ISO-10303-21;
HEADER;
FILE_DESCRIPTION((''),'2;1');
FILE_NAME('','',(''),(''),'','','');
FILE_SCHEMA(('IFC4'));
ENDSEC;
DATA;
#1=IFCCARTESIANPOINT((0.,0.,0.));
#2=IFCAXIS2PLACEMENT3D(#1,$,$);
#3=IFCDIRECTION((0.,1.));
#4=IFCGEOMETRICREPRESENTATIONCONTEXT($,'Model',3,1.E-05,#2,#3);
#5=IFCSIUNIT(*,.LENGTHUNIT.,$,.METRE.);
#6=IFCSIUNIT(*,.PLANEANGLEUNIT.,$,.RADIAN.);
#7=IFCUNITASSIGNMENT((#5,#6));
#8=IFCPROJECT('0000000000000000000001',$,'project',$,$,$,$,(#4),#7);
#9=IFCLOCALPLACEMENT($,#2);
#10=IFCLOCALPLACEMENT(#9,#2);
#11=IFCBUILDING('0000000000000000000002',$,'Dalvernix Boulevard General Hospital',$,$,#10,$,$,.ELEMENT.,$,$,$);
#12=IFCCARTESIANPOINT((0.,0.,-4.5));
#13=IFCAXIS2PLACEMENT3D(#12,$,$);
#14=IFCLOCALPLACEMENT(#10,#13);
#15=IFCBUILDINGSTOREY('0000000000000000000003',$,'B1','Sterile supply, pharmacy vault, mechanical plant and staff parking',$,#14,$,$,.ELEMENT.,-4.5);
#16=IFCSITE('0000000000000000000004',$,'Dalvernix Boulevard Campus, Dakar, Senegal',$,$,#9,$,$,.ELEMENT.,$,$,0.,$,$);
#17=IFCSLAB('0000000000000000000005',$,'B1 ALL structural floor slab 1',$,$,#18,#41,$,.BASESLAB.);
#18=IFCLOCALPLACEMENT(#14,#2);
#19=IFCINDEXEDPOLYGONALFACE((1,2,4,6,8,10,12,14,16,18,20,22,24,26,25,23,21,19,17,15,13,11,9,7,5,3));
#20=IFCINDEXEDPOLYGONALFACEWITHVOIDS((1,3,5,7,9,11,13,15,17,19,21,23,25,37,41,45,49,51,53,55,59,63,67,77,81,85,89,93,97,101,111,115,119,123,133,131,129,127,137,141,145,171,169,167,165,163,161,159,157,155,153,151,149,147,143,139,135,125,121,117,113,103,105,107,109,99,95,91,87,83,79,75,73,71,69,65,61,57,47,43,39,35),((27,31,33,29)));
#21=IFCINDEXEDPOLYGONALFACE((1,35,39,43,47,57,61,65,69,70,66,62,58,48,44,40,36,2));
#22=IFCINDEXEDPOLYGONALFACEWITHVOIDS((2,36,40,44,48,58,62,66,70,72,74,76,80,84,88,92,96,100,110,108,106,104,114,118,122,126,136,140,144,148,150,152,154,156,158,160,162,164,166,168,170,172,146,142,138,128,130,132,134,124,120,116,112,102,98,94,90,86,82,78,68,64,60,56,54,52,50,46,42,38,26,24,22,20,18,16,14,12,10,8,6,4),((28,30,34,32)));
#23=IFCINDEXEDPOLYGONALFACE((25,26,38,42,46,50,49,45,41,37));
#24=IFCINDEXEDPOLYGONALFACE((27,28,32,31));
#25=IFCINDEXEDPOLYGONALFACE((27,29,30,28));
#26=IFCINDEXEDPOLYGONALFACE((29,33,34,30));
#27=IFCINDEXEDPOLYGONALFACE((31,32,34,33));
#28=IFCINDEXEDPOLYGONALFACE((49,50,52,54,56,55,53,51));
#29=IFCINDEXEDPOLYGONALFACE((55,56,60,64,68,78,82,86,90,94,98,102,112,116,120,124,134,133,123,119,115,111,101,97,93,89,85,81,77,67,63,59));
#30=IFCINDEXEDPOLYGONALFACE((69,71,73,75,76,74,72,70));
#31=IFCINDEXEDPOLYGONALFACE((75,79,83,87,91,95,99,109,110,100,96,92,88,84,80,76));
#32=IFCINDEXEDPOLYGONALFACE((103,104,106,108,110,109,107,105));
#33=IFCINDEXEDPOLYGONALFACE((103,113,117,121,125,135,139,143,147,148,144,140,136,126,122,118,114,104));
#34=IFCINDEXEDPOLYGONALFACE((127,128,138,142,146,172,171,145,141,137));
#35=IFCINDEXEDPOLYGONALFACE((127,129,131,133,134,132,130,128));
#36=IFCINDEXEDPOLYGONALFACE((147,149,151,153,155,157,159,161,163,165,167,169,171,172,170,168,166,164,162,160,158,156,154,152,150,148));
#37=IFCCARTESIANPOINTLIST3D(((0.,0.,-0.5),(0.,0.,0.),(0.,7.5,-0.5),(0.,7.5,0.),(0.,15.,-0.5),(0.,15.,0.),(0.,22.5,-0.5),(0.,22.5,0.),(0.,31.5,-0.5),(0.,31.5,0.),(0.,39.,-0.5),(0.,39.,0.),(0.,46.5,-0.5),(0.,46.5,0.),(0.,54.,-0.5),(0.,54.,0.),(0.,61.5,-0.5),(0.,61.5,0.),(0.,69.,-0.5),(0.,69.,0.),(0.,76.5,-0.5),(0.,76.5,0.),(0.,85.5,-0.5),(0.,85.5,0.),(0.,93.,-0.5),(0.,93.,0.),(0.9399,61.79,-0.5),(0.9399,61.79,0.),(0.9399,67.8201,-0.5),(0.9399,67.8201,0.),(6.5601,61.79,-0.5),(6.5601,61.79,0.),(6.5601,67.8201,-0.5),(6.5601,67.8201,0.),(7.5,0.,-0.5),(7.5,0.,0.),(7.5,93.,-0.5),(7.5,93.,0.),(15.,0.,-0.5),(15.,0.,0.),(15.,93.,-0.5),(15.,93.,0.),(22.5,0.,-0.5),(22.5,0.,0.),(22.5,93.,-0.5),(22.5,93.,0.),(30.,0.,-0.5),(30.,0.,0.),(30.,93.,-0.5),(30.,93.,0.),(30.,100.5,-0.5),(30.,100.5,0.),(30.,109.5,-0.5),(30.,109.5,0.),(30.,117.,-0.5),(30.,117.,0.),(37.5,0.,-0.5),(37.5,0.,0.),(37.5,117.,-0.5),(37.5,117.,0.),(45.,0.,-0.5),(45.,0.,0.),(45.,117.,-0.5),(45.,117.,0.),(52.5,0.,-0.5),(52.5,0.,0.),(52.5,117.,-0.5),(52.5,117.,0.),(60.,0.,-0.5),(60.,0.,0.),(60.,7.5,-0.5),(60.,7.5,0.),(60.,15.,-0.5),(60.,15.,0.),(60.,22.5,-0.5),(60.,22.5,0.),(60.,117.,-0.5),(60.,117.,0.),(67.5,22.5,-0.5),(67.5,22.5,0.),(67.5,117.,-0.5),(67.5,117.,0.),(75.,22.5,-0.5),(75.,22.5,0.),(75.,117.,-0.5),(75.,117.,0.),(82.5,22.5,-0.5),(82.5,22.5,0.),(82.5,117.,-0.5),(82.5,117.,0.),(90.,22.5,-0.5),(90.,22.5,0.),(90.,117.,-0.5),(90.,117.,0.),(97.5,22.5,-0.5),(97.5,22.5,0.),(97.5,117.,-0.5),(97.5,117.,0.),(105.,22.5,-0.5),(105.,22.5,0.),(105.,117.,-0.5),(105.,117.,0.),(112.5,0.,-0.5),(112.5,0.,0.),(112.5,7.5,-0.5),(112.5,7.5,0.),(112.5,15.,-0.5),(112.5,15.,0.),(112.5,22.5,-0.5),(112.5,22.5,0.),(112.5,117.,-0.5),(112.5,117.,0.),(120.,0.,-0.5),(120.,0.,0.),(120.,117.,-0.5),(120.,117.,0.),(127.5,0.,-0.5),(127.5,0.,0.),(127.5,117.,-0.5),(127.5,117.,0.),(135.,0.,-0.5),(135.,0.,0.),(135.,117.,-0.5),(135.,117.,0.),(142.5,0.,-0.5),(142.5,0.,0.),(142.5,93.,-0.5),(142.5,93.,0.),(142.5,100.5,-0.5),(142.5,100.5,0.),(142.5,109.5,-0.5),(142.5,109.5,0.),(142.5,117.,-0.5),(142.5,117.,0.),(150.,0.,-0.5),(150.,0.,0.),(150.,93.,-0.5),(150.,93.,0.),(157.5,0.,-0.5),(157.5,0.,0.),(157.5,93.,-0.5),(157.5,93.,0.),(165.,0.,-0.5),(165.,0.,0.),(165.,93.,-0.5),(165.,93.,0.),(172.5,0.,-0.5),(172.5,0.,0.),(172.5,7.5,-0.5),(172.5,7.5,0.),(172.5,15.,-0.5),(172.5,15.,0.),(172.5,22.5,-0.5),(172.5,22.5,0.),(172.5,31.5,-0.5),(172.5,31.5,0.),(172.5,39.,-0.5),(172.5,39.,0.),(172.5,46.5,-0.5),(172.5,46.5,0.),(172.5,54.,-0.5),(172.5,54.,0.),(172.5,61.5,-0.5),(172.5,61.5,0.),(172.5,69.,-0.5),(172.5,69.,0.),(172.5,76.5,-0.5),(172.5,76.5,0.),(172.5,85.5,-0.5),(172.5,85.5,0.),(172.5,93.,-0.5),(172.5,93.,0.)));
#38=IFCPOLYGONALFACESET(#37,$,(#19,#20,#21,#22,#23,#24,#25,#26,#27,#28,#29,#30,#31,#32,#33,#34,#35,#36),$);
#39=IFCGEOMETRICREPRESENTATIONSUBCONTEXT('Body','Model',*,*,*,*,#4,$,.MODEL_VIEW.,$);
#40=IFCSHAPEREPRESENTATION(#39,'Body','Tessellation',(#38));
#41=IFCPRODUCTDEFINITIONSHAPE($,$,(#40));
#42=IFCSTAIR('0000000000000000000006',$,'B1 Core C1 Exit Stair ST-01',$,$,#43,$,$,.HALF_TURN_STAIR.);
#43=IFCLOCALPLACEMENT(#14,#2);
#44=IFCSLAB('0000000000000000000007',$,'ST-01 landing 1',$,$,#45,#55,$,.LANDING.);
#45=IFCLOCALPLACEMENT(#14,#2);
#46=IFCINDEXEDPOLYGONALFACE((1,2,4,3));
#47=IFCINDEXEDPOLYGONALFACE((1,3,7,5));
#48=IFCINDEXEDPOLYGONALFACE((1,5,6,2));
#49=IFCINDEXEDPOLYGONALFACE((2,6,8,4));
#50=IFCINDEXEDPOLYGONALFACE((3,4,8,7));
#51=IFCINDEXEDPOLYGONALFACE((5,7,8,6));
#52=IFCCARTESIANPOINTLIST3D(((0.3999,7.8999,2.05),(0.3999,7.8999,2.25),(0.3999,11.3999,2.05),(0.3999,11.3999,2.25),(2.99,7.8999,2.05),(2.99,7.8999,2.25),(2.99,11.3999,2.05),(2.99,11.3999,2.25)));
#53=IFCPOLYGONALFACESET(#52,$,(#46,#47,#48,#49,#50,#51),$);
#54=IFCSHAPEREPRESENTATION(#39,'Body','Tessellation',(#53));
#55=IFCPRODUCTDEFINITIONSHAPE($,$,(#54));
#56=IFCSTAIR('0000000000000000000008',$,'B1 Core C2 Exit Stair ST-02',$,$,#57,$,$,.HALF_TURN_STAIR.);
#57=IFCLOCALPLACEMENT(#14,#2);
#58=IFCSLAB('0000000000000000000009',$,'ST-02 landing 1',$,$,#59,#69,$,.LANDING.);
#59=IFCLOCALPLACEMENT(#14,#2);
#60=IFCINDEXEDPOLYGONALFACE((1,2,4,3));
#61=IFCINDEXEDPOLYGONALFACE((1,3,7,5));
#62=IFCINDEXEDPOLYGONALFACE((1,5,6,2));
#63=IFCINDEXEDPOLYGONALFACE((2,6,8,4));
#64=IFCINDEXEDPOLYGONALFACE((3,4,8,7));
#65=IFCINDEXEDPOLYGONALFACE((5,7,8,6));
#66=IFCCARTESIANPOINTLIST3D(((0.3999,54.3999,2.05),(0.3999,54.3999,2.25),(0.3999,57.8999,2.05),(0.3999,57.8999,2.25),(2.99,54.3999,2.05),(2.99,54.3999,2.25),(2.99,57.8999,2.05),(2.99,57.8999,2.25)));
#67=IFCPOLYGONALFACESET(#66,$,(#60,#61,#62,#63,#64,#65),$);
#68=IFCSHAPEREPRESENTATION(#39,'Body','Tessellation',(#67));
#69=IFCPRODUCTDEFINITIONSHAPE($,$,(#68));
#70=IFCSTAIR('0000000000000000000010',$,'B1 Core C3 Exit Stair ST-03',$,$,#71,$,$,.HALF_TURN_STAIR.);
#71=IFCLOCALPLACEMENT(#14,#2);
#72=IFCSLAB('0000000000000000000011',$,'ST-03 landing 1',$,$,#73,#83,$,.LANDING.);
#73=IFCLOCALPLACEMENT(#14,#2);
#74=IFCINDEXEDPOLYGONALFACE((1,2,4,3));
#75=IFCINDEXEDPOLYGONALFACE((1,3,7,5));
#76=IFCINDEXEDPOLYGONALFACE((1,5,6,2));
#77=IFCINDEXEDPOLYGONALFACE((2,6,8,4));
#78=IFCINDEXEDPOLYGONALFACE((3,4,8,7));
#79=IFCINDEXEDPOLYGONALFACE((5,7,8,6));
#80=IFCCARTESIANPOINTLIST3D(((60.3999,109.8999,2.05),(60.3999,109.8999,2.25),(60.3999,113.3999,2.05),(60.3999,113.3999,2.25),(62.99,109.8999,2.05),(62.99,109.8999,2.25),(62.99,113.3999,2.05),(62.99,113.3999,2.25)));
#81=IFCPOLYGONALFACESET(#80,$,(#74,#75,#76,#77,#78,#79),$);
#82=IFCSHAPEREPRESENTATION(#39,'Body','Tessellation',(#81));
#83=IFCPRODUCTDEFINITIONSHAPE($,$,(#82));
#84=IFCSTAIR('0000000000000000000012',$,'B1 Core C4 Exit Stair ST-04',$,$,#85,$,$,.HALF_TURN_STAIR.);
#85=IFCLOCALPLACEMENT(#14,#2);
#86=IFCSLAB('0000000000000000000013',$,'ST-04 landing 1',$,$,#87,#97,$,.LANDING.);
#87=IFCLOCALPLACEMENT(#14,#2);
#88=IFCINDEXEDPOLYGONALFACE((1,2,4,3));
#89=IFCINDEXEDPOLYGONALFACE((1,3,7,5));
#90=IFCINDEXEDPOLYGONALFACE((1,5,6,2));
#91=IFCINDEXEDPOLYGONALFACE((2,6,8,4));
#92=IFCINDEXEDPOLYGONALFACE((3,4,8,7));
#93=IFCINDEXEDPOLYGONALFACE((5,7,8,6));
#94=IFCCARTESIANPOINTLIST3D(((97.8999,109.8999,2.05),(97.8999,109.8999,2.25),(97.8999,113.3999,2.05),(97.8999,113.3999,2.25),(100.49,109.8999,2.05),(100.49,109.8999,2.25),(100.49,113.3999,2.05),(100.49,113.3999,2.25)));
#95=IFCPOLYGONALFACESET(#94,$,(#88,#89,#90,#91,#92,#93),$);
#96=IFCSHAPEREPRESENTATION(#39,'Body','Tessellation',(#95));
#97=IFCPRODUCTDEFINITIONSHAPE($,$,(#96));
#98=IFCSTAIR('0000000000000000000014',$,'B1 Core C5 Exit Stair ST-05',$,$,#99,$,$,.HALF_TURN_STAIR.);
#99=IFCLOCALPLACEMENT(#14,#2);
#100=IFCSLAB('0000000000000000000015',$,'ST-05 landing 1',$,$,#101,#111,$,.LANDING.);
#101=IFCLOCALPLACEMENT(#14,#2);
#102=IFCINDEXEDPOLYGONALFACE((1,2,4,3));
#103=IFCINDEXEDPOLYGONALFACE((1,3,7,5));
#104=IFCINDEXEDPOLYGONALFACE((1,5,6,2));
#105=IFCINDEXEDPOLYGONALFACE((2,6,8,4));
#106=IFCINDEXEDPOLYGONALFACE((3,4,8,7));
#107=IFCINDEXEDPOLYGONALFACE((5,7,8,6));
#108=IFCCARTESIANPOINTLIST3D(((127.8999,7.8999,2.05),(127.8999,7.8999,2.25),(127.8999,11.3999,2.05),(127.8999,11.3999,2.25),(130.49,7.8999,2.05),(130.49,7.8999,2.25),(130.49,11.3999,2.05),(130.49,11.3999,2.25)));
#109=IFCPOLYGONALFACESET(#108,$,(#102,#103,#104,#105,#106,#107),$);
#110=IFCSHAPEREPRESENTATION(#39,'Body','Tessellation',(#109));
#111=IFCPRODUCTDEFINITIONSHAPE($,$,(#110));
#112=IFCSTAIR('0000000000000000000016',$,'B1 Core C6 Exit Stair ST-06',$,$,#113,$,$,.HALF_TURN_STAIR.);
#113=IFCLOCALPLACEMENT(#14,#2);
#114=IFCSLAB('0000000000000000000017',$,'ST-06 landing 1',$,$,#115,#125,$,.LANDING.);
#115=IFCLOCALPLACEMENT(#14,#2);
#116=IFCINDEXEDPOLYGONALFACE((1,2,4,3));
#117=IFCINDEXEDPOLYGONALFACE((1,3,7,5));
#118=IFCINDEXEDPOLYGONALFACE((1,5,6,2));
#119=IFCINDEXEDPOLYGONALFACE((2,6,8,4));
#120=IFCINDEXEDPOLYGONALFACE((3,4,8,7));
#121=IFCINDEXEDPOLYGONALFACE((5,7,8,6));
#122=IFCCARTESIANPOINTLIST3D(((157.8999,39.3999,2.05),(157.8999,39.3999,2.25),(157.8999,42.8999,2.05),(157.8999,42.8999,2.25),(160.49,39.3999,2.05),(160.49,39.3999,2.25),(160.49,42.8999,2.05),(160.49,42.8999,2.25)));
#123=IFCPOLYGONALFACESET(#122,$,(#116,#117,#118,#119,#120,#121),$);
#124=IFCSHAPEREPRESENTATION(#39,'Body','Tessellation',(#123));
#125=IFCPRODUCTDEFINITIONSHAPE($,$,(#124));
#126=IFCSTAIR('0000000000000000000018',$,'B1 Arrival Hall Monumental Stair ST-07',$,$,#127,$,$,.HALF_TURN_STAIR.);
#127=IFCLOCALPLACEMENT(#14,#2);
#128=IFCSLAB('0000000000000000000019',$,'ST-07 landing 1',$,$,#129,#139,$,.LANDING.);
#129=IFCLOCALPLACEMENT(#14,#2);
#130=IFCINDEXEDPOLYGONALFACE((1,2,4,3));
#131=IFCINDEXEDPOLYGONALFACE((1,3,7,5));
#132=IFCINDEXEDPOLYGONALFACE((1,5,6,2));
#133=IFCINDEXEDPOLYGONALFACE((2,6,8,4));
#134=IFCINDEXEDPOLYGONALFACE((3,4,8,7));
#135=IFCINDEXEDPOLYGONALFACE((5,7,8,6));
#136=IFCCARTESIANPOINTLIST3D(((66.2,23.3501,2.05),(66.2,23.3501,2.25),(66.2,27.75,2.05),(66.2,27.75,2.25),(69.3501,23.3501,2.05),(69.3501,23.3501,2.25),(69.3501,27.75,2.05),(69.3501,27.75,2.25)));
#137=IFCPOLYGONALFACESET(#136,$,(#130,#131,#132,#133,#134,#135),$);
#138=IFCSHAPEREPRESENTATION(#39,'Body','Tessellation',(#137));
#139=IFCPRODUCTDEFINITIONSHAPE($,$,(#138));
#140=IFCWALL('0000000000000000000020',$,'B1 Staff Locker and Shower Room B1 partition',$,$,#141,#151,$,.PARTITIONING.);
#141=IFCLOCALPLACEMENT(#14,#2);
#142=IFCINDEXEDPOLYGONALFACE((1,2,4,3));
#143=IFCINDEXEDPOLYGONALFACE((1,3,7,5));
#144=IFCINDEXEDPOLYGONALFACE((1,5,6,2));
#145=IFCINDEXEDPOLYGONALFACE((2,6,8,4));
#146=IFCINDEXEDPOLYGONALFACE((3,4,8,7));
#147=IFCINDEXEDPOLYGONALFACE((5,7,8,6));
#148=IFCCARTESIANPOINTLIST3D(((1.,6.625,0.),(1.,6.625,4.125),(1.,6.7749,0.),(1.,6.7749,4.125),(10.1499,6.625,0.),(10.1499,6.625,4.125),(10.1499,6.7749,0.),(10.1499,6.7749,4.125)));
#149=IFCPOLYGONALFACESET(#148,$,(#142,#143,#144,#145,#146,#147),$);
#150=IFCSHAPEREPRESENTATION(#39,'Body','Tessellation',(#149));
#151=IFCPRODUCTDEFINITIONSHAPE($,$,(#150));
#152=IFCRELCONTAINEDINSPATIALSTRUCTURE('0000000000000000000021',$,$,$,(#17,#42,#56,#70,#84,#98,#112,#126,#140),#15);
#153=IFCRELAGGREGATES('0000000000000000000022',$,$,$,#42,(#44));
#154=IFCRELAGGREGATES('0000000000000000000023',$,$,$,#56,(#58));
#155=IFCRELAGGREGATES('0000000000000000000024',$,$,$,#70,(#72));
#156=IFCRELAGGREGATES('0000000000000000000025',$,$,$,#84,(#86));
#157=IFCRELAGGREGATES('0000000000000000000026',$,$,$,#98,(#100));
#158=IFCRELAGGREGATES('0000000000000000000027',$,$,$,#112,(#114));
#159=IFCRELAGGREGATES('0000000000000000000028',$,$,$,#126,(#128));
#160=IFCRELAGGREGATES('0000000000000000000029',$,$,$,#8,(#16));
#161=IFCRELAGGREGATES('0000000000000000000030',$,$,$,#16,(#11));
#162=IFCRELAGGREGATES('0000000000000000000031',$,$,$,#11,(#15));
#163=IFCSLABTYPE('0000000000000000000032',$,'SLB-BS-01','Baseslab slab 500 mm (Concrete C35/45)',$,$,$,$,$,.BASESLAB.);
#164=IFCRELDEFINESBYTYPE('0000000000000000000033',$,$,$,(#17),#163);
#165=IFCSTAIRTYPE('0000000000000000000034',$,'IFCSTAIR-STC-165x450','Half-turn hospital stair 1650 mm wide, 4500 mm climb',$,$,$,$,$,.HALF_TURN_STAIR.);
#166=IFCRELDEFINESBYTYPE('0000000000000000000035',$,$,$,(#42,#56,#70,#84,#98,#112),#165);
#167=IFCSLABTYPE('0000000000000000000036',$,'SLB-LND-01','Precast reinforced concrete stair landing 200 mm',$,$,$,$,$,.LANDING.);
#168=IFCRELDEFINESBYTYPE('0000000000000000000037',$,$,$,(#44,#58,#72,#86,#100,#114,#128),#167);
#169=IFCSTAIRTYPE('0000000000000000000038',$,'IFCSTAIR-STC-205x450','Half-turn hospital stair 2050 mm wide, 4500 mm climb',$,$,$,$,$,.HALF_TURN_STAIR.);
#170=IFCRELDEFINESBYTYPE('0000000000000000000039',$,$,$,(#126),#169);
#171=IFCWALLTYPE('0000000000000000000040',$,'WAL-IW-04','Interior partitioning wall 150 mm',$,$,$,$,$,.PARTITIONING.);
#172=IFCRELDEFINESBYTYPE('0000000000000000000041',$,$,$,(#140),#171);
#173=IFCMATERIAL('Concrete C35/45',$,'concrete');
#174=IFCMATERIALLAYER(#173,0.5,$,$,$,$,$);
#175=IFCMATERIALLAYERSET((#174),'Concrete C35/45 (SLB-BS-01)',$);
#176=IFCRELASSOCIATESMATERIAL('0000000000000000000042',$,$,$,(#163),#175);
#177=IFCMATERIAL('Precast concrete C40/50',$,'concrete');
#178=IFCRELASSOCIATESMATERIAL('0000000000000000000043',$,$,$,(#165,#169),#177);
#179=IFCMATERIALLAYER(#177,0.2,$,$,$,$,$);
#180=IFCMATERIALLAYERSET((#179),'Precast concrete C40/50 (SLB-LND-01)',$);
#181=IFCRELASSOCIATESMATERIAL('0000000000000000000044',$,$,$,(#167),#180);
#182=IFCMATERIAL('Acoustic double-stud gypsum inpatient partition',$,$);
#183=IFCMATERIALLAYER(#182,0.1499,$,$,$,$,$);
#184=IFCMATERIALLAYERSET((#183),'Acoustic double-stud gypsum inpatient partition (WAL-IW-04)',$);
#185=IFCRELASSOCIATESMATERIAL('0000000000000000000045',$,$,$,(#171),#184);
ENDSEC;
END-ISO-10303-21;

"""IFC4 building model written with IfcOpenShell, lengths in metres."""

from ifc_helpers import new_model, si_unit, direction, frame, frame_2d, origin, place, context, subcontext, project, spatial, polyline, rectangle, outline, extrude, material, layer, layer_set, type_object, element, aggregate, save


model = new_model("IFC4")

# Units and contexts
model_context = context("Model", 3, precision=1e-05, world=origin(), true_north=direction((0.0, 1.0)))
body_context = subcontext(model_context, "Body", "Model", "MODEL_VIEW")
ifc_project = project(units=[si_unit("LENGTHUNIT", "METRE"), si_unit("PLANEANGLEUNIT", "RADIAN")], contexts=[model_context])

# Site, building, storey
site_placement = place(None, origin())
site = spatial("IfcSite", under=ifc_project, at=site_placement, Name="Dalvernix Boulevard Campus, Dakar, Senegal", CompositionType="ELEMENT", RefElevation=0.0)
building_placement = place(site_placement, origin())
building = spatial("IfcBuilding", under=site, at=building_placement, Name="Dalvernix Boulevard General Hospital", CompositionType="ELEMENT")
storey_placement = place(building_placement, frame((0.0, 0.0, -4.5)))
storey = spatial("IfcBuildingStorey", under=building, at=storey_placement, Name="B1", Description="Sterile supply, pharmacy vault, mechanical plant and staff parking", CompositionType="ELEMENT", Elevation=-4.5)

# Shared definitions
ifc_material_1 = material(Name="Concrete C35/45", Category="concrete")

# Slab
ifc_layer_1 = layer(ifc_material_1, 0.5)
ifc_layer_set_1 = layer_set([ifc_layer_1], Name="Concrete C35/45 (SLB-BS-01)")
slab_type_1 = type_object("IfcSlabType", Name="SLB-BS-01", Description="Baseslab slab 500 mm (Concrete C35/45)", PredefinedType="BASESLAB", material=ifc_layer_set_1)
slab_1_placement = place(storey_placement, frame((0.0, 0.0, -0.5)))
element("IfcSlab", 1, at=slab_1_placement, inside=storey, type_object=slab_type_1, Name="B1 ALL structural floor slab 1", PredefinedType="BASESLAB", context=body_context, shape_type="SweptSolid", body=[
    extrude(outline(polyline([(0.0, 15.0), (0.0, 22.5), (0.0, 31.5), (0.0, 39.0), (0.0, 46.5), (0.0, 54.0), (0.0, 61.5), (0.0, 69.0), (0.0, 76.5), (0.0, 85.5), (0.0, 93.0), (7.5, 93.0), (15.0, 93.0), (22.5, 93.0), (30.0, 93.0), (30.0, 100.5), (30.0, 109.5), (30.0, 117.0), (37.5, 117.0), (45.0, 117.0), (52.5, 117.0), (60.0, 117.0), (67.5, 117.0), (75.0, 117.0), (82.5, 117.0), (90.0, 117.0), (97.5, 117.0), (105.0, 117.0), (112.5, 117.0), (120.0, 117.0), (127.5, 117.0), (135.0, 117.0), (142.5, 117.0), (142.5, 109.5), (142.5, 100.5), (142.5, 93.0), (150.0, 93.0), (157.5, 93.0), (165.0, 93.0), (172.5, 93.0), (172.5, 85.5), (172.5, 76.5), (172.5, 69.0), (172.5, 61.5), (172.5, 54.0), (172.5, 46.5), (172.5, 39.0), (172.5, 31.5), (172.5, 22.5), (172.5, 15.0), (172.5, 7.5), (172.5, 0.0), (165.0, 0.0), (157.5, 0.0), (150.0, 0.0), (142.5, 0.0), (135.0, 0.0), (127.5, 0.0), (120.0, 0.0), (112.5, 0.0), (112.5, 7.5), (112.5, 15.0), (112.5, 22.5), (105.0, 22.5), (97.5, 22.5), (90.0, 22.5), (82.5, 22.5), (75.0, 22.5), (67.5, 22.5), (60.0, 22.5), (60.0, 15.0), (60.0, 7.5), (60.0, 0.0), (52.5, 0.0), (45.0, 0.0), (37.5, 0.0), (30.0, 0.0), (22.5, 0.0), (15.0, 0.0), (7.5, 0.0), (0.0, 0.0), (0.0, 7.5), (0.0, 15.0)]), holes=[polyline([(6.5601, 67.8201), (0.9399, 67.8201), (0.9399, 61.79), (6.5601, 61.79), (6.5601, 67.8201)])]), origin(), (0.0, 0.0, 1.0), 0.5),
])

# Stairs, slabs
ifc_material_2 = material(Name="Precast concrete C40/50", Category="concrete")
stair_type_1 = type_object("IfcStairType", Name="IFCSTAIR-STC-165x450", Description="Half-turn hospital stair 1650 mm wide, 4500 mm climb", PredefinedType="HALF_TURN_STAIR", material=ifc_material_2)
stair_1_placement = place(storey_placement, origin())
stair_1 = element("IfcStair", 2, at=stair_1_placement, inside=storey, type_object=stair_type_1, Name="B1 Core C1 Exit Stair ST-01", PredefinedType="HALF_TURN_STAIR")
ifc_layer_2 = layer(ifc_material_2, 0.2)
ifc_layer_set_2 = layer_set([ifc_layer_2], Name="Precast concrete C40/50 (SLB-LND-01)")
slab_type_2 = type_object("IfcSlabType", Name="SLB-LND-01", Description="Precast reinforced concrete stair landing 200 mm", PredefinedType="LANDING", material=ifc_layer_set_2)
slab_2_placement = place(storey_placement, frame((0.0, 0.0, 2.05)))
slab_2 = element("IfcSlab", 3, at=slab_2_placement, type_object=slab_type_2, Name="ST-01 landing 1", PredefinedType="LANDING", context=body_context, shape_type="SweptSolid", body=[
    extrude(outline(polyline([(2.99, 11.3999), (0.3999, 11.3999), (0.3999, 7.8999), (2.99, 7.8999), (2.99, 11.3999)])), origin(), (0.0, 0.0, 1.0), 0.2),
])
aggregate(stair_1, [slab_2])
stair_2_placement = place(storey_placement, origin())
stair_2 = element("IfcStair", 4, at=stair_2_placement, inside=storey, type_object=stair_type_1, Name="B1 Core C2 Exit Stair ST-02", PredefinedType="HALF_TURN_STAIR")
slab_3_placement = place(storey_placement, frame((0.0, 0.0, 2.05)))
slab_3 = element("IfcSlab", 5, at=slab_3_placement, type_object=slab_type_2, Name="ST-02 landing 1", PredefinedType="LANDING", context=body_context, shape_type="SweptSolid", body=[
    extrude(outline(polyline([(2.99, 57.8999), (0.3999, 57.8999), (0.3999, 54.3999), (2.99, 54.3999), (2.99, 57.8999)])), origin(), (0.0, 0.0, 1.0), 0.2),
])
aggregate(stair_2, [slab_3])
stair_3_placement = place(storey_placement, origin())
stair_3 = element("IfcStair", 6, at=stair_3_placement, inside=storey, type_object=stair_type_1, Name="B1 Core C3 Exit Stair ST-03", PredefinedType="HALF_TURN_STAIR")
slab_4_placement = place(storey_placement, frame((0.0, 0.0, 2.05)))
slab_4 = element("IfcSlab", 7, at=slab_4_placement, type_object=slab_type_2, Name="ST-03 landing 1", PredefinedType="LANDING", context=body_context, shape_type="SweptSolid", body=[
    extrude(outline(polyline([(62.99, 113.3999), (60.3999, 113.3999), (60.3999, 109.8999), (62.99, 109.8999), (62.99, 113.3999)])), origin(), (0.0, 0.0, 1.0), 0.2),
])
aggregate(stair_3, [slab_4])
stair_4_placement = place(storey_placement, origin())
stair_4 = element("IfcStair", 8, at=stair_4_placement, inside=storey, type_object=stair_type_1, Name="B1 Core C4 Exit Stair ST-04", PredefinedType="HALF_TURN_STAIR")
slab_5_placement = place(storey_placement, frame((0.0, 0.0, 2.05)))
slab_5 = element("IfcSlab", 9, at=slab_5_placement, type_object=slab_type_2, Name="ST-04 landing 1", PredefinedType="LANDING", context=body_context, shape_type="SweptSolid", body=[
    extrude(outline(polyline([(100.49, 113.3999), (97.8999, 113.3999), (97.8999, 109.8999), (100.49, 109.8999), (100.49, 113.3999)])), origin(), (0.0, 0.0, 1.0), 0.2),
])
aggregate(stair_4, [slab_5])
stair_5_placement = place(storey_placement, origin())
stair_5 = element("IfcStair", 10, at=stair_5_placement, inside=storey, type_object=stair_type_1, Name="B1 Core C5 Exit Stair ST-05", PredefinedType="HALF_TURN_STAIR")
slab_6_placement = place(storey_placement, frame((0.0, 0.0, 2.05)))
slab_6 = element("IfcSlab", 11, at=slab_6_placement, type_object=slab_type_2, Name="ST-05 landing 1", PredefinedType="LANDING", context=body_context, shape_type="SweptSolid", body=[
    extrude(outline(polyline([(130.49, 11.3999), (127.8999, 11.3999), (127.8999, 7.8999), (130.49, 7.8999), (130.49, 11.3999)])), origin(), (0.0, 0.0, 1.0), 0.2),
])
aggregate(stair_5, [slab_6])
stair_6_placement = place(storey_placement, origin())
stair_6 = element("IfcStair", 12, at=stair_6_placement, inside=storey, type_object=stair_type_1, Name="B1 Core C6 Exit Stair ST-06", PredefinedType="HALF_TURN_STAIR")
slab_7_placement = place(storey_placement, frame((0.0, 0.0, 2.05)))
slab_7 = element("IfcSlab", 13, at=slab_7_placement, type_object=slab_type_2, Name="ST-06 landing 1", PredefinedType="LANDING", context=body_context, shape_type="SweptSolid", body=[
    extrude(outline(polyline([(160.49, 42.8999), (157.8999, 42.8999), (157.8999, 39.3999), (160.49, 39.3999), (160.49, 42.8999)])), origin(), (0.0, 0.0, 1.0), 0.2),
])
aggregate(stair_6, [slab_7])
stair_type_2 = type_object("IfcStairType", Name="IFCSTAIR-STC-205x450", Description="Half-turn hospital stair 2050 mm wide, 4500 mm climb", PredefinedType="HALF_TURN_STAIR", material=ifc_material_2)
stair_7_placement = place(storey_placement, origin())
stair_7 = element("IfcStair", 14, at=stair_7_placement, inside=storey, type_object=stair_type_2, Name="B1 Arrival Hall Monumental Stair ST-07", PredefinedType="HALF_TURN_STAIR")
slab_8_placement = place(storey_placement, frame((0.0, 0.0, 2.05)))
slab_8 = element("IfcSlab", 15, at=slab_8_placement, type_object=slab_type_2, Name="ST-07 landing 1", PredefinedType="LANDING", context=body_context, shape_type="SweptSolid", body=[
    extrude(outline(polyline([(66.2, 23.3501), (69.3501, 23.3501), (69.3501, 27.75), (66.2, 27.75), (66.2, 23.3501)])), origin(), (0.0, 0.0, 1.0), 0.2),
])
aggregate(stair_7, [slab_8])

# Wall
ifc_material_3 = material(Name="Acoustic double-stud gypsum inpatient partition")
ifc_layer_3 = layer(ifc_material_3, 0.1499)
ifc_layer_set_3 = layer_set([ifc_layer_3], Name="Acoustic double-stud gypsum inpatient partition (WAL-IW-04)")
wall_type_1 = type_object("IfcWallType", Name="WAL-IW-04", Description="Interior partitioning wall 150 mm", PredefinedType="PARTITIONING", material=ifc_layer_set_3)
wall_1_placement = place(storey_placement, frame((1.0, 6.7, 0.0), z_axis=(0.0, 0.0, 1.0), x_axis=(1.0, 0.0, 0.0)))
element("IfcWall", 16, at=wall_1_placement, inside=storey, type_object=wall_type_1, Name="B1 Staff Locker and Shower Room B1 partition", PredefinedType="PARTITIONING", context=body_context, shape_type="SweptSolid", body=[
    extrude(rectangle(XDim=9.1499, YDim=0.1499, at=frame_2d((4.575, 0.0))), origin(), (0.0, 0.0, 1.0), 4.125),
])

save(model, "model.ifc")
